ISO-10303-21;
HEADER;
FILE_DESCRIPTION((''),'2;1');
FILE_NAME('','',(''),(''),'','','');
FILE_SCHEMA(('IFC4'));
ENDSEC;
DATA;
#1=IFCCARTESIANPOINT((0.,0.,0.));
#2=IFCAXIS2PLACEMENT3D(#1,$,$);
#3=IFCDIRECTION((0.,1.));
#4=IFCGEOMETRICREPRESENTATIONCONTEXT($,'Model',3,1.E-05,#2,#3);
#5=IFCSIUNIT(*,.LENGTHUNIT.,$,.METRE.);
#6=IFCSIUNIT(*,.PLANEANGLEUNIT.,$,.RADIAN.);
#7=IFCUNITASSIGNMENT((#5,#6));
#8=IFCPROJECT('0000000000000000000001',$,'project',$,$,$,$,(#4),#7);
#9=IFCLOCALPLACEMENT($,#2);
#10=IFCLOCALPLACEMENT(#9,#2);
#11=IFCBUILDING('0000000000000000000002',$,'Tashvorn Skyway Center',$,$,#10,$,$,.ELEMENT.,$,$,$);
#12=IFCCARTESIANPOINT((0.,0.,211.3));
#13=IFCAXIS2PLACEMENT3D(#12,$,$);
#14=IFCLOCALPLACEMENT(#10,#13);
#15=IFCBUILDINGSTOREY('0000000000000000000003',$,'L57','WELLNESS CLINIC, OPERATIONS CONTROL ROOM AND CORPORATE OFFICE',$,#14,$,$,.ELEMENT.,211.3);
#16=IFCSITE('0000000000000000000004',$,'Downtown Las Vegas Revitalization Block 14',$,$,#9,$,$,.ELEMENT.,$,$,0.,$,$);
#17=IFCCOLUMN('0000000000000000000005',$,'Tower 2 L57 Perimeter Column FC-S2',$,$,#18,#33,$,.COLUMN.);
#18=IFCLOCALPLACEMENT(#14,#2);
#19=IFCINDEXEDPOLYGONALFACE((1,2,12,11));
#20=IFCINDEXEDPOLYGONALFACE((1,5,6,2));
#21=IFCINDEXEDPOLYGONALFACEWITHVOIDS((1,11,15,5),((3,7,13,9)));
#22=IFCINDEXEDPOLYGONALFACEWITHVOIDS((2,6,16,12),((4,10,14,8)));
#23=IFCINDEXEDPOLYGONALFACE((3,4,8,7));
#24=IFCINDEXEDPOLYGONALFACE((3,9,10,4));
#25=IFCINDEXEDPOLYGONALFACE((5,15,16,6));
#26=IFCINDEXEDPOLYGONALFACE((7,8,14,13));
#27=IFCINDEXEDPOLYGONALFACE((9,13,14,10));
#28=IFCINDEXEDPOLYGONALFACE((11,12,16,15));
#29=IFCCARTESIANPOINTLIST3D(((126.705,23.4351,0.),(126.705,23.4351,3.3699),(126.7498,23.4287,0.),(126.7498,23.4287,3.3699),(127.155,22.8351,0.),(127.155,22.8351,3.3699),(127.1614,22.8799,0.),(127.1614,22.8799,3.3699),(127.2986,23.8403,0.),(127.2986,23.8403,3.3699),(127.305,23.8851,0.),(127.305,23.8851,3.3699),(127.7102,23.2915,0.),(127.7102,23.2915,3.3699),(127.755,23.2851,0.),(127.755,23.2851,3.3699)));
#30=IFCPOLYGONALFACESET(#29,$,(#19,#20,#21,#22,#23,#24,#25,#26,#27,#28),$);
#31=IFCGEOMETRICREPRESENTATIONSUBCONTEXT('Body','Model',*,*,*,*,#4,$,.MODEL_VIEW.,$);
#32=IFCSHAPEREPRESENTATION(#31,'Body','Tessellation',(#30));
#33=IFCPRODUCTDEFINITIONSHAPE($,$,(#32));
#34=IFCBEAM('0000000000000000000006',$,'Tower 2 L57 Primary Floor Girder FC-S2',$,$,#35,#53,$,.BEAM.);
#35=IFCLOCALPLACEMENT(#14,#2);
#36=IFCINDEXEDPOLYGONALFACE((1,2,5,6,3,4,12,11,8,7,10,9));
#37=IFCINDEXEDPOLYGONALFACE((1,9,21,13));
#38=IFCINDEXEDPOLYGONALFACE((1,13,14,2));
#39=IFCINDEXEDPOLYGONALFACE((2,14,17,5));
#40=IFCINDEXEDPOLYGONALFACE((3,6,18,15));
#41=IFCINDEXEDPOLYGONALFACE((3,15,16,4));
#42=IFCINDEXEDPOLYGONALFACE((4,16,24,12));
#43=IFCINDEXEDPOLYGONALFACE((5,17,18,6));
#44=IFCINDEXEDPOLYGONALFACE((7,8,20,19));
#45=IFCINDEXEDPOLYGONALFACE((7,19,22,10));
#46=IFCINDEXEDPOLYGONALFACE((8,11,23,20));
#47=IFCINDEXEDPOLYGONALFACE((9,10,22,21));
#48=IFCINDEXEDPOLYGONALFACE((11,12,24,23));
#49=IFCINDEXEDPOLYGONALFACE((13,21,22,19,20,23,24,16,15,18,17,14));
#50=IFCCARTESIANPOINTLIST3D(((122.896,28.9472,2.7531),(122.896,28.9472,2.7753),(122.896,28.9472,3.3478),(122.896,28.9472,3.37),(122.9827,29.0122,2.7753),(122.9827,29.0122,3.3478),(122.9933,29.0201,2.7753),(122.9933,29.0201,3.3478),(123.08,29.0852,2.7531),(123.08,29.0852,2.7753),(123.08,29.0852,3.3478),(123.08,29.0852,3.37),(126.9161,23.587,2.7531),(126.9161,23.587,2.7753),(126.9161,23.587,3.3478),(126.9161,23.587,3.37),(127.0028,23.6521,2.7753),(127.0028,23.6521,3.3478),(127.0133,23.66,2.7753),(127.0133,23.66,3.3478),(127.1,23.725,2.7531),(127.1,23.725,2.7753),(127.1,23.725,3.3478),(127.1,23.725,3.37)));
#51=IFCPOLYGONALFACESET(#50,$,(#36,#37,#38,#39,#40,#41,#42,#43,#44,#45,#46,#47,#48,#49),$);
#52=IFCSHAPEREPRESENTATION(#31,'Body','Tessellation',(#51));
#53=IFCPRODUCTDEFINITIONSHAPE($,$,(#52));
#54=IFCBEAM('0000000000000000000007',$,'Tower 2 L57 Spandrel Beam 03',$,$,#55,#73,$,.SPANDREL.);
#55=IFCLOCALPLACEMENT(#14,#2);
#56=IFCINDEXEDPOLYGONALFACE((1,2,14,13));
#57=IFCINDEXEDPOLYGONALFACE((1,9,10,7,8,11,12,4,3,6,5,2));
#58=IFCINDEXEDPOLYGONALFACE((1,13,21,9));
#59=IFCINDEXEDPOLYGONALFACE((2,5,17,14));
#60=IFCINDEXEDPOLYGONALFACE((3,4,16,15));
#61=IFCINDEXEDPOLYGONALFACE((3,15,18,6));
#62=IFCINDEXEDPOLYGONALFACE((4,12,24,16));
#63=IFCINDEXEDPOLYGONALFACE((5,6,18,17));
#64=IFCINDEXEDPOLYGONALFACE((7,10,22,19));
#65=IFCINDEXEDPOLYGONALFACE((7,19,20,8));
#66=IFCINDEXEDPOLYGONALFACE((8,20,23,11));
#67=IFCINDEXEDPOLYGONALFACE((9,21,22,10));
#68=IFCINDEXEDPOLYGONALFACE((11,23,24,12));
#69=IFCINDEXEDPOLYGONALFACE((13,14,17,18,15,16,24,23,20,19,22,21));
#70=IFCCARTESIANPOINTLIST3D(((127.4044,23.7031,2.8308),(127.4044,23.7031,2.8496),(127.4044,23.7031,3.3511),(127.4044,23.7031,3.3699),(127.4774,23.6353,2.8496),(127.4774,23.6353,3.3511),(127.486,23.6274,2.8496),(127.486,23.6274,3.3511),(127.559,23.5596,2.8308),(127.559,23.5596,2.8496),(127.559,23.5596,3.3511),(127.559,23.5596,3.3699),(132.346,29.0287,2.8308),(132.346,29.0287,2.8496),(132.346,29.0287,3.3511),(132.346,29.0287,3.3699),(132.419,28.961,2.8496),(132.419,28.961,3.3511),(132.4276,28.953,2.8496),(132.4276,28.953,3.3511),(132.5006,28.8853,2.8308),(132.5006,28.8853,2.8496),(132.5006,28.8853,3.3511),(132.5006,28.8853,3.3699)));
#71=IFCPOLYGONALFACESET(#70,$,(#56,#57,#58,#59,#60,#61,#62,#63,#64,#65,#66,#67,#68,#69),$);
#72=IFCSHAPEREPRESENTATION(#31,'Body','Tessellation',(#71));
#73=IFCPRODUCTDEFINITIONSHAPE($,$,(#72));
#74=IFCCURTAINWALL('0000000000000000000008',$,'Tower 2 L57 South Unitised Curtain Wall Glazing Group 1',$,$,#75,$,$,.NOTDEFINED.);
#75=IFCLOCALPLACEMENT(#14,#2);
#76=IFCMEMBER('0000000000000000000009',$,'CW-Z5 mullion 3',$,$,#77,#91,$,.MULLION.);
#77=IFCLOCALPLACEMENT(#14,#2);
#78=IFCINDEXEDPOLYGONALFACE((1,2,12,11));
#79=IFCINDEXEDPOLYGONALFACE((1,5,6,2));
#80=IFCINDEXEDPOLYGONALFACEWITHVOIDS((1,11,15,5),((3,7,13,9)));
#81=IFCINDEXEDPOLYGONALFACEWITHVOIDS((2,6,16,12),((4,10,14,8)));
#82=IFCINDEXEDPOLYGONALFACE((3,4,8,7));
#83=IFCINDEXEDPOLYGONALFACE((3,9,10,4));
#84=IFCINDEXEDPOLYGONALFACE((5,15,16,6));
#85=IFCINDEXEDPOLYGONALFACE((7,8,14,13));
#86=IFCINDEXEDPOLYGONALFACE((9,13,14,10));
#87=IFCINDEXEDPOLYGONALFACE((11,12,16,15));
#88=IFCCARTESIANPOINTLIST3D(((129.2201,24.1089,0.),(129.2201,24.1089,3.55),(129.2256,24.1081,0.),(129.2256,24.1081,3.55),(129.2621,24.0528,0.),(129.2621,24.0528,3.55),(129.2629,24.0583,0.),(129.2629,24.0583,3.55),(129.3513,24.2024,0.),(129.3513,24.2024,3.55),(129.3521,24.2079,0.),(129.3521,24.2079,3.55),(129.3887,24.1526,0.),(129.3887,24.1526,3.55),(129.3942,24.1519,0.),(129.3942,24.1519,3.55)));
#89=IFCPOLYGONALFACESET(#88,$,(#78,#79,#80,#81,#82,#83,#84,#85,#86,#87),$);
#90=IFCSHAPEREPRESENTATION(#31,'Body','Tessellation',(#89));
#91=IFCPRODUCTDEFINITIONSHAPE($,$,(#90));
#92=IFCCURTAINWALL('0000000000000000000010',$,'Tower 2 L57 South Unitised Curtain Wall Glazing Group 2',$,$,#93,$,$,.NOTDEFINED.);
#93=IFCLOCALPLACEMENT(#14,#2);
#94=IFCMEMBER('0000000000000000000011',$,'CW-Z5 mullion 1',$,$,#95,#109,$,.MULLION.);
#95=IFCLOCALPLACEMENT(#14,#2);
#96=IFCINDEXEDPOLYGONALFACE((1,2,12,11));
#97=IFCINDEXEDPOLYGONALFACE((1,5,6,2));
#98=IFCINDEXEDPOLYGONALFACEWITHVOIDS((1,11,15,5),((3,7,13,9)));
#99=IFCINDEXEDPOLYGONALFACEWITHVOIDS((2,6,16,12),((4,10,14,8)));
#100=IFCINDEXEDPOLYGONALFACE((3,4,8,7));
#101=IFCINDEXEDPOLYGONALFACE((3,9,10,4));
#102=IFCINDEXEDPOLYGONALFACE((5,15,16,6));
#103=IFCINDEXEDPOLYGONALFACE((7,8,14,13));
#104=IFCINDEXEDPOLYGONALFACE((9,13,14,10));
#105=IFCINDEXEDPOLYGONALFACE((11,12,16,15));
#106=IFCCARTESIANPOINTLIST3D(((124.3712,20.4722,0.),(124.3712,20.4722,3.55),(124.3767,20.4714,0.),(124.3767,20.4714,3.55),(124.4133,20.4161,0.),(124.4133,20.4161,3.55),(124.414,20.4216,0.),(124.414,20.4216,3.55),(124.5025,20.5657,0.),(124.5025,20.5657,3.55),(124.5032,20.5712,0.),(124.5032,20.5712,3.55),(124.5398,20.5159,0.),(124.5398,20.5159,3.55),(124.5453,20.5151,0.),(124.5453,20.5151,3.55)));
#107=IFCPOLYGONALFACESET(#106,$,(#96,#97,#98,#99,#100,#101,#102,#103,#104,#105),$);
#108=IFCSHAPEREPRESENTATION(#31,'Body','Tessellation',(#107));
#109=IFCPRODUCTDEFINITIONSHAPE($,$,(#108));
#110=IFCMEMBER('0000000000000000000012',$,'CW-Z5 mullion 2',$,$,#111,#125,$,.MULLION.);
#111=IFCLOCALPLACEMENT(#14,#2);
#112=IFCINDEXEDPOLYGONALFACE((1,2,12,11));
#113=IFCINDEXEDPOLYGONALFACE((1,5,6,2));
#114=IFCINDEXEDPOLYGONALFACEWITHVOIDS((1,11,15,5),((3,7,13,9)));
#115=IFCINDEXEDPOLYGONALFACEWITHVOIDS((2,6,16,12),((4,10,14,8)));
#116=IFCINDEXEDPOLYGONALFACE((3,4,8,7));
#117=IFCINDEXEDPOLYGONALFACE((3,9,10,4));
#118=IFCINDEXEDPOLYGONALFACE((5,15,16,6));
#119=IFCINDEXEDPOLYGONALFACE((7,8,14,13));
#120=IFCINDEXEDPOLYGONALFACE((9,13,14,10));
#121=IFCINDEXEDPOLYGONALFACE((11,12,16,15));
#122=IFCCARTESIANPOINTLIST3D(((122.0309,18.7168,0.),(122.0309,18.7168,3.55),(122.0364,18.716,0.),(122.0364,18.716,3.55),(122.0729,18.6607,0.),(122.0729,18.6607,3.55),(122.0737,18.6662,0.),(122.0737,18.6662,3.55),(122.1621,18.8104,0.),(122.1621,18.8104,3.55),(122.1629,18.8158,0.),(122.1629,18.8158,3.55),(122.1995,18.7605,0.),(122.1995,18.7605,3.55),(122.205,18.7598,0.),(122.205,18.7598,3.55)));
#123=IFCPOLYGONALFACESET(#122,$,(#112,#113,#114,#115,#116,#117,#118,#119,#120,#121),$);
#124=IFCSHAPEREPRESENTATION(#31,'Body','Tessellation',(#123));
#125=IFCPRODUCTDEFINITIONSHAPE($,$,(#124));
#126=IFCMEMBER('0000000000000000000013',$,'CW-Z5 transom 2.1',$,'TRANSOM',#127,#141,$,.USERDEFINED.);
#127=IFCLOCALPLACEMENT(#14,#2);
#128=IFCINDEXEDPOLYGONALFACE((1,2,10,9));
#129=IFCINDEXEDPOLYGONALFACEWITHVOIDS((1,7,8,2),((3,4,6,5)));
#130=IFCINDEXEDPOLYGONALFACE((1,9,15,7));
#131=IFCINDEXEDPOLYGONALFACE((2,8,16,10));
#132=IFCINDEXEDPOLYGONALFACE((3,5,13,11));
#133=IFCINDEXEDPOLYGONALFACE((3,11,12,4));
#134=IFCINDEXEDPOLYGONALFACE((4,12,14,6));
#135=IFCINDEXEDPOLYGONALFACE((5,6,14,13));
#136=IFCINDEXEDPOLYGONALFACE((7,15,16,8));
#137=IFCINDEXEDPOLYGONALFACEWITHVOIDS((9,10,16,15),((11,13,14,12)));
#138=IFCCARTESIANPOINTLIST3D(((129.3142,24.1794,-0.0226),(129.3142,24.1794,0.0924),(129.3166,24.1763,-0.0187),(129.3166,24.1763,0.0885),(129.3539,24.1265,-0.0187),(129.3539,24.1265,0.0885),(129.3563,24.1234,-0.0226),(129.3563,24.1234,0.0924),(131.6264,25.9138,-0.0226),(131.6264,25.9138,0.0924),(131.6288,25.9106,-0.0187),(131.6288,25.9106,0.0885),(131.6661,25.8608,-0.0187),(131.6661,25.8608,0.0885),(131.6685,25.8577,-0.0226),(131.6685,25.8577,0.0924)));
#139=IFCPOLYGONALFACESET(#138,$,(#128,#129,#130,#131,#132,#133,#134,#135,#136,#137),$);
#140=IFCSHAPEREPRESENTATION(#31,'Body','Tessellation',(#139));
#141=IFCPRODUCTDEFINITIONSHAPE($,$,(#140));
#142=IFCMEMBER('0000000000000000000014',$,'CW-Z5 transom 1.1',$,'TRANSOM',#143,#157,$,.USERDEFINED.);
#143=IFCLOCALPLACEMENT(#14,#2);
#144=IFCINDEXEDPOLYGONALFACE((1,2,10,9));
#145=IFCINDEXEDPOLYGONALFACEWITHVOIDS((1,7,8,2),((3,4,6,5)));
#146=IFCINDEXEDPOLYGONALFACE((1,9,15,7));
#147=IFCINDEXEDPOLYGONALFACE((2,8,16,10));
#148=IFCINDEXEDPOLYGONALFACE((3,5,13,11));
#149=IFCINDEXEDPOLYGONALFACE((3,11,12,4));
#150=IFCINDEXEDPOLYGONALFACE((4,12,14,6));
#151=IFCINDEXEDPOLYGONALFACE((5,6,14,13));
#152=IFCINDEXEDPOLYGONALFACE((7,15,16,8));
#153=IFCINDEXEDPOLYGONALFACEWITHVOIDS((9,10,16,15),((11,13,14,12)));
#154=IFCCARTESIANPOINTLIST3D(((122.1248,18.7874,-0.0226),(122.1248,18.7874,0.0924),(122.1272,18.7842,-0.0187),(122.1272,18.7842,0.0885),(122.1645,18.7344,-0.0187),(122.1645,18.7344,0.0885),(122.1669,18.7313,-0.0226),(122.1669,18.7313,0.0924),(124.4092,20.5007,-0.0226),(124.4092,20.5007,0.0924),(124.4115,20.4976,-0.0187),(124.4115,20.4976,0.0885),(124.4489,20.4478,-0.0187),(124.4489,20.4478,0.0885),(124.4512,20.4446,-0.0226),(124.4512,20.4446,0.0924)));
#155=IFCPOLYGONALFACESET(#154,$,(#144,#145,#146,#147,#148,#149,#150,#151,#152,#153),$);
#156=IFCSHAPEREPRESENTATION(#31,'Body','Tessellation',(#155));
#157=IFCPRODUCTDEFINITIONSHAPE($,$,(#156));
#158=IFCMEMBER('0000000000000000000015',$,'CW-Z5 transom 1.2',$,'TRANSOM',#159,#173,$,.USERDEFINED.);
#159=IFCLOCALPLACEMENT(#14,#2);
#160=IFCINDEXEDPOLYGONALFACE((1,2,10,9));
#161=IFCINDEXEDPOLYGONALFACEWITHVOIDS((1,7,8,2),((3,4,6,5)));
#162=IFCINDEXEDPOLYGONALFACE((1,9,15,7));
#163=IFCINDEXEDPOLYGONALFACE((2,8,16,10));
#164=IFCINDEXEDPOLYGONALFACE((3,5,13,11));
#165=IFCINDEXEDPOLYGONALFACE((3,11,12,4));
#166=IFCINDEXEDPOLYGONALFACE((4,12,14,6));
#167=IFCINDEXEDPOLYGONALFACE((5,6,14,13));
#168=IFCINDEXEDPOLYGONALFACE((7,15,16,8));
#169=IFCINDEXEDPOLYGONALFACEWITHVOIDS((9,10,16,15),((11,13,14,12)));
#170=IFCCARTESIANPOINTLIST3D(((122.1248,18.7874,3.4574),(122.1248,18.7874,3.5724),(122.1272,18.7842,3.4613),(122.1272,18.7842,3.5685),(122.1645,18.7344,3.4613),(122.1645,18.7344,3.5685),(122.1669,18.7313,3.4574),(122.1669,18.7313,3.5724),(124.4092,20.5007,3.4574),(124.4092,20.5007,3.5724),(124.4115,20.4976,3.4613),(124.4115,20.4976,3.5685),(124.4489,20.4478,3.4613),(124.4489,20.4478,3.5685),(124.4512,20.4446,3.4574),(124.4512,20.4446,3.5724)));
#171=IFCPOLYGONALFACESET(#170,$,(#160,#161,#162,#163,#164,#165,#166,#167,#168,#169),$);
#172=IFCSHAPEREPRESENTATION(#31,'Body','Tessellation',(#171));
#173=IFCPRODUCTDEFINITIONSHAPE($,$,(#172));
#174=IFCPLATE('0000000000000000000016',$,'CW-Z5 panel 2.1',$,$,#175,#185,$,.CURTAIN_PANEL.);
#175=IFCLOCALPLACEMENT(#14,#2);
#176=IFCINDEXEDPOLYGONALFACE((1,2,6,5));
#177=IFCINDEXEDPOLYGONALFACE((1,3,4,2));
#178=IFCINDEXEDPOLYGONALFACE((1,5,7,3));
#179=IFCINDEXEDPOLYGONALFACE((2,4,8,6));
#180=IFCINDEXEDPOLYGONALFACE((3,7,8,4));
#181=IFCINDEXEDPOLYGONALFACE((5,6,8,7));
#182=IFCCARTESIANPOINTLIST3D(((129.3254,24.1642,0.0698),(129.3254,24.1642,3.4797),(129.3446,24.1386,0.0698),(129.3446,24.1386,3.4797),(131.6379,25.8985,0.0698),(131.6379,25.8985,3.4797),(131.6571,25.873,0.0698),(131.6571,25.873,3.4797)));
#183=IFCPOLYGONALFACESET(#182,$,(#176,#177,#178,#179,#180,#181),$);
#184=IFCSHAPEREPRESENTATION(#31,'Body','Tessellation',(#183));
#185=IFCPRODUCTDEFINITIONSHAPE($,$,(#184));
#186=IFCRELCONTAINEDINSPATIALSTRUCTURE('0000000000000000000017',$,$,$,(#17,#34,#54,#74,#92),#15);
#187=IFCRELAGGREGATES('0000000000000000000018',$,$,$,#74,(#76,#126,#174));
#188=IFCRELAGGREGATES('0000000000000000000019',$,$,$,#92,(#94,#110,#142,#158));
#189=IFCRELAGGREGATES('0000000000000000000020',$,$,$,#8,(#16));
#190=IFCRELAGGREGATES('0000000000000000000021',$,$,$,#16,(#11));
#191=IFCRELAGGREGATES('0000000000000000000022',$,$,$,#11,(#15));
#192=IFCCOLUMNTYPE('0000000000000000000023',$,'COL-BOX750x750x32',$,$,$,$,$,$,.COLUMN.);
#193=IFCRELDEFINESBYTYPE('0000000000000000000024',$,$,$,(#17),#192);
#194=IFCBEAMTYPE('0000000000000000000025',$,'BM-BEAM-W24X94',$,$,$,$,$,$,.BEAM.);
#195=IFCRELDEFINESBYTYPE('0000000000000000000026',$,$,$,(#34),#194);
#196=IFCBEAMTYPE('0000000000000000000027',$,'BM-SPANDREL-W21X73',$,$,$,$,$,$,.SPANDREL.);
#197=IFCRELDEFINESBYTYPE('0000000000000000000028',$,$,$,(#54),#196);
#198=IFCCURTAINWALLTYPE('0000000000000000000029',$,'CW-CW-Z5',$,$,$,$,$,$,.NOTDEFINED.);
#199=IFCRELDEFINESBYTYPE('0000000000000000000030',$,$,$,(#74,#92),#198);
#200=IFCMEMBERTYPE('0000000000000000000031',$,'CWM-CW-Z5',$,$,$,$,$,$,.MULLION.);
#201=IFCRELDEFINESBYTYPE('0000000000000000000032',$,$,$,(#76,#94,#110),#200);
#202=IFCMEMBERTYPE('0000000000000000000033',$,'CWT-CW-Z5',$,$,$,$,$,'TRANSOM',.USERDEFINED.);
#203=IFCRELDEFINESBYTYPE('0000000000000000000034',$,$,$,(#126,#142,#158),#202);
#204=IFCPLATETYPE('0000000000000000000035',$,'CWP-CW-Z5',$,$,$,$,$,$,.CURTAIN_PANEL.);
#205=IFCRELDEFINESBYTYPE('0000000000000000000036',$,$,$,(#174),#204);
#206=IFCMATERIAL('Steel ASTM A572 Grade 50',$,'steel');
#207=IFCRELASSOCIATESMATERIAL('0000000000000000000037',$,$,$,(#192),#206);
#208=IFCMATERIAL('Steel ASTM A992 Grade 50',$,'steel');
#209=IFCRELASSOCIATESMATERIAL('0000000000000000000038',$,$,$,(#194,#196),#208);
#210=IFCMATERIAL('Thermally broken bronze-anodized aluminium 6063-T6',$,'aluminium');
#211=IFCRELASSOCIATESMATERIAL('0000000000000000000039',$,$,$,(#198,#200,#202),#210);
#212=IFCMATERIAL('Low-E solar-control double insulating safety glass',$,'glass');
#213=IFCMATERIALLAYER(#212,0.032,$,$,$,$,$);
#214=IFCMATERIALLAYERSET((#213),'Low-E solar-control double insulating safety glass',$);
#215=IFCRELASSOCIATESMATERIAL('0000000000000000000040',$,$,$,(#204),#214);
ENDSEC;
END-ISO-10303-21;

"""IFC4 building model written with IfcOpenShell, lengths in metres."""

from ifc_helpers import new_model, si_unit, direction, frame, origin, origin_2d, place, context, subcontext, project, spatial, rectangle, hollow_rectangle, i_section, extrude, material, layer, layer_set, material_profile, profile_set, type_object, element, aggregate, save


model = new_model("IFC4")

# Units and contexts
model_context = context("Model", 3, precision=1e-05, world=origin(), true_north=direction((0.0, 1.0)))
body_context = subcontext(model_context, "Body", "Model", "MODEL_VIEW")
ifc_project = project(units=[si_unit("LENGTHUNIT", "METRE"), si_unit("PLANEANGLEUNIT", "RADIAN")], contexts=[model_context])

# Site, building, storey
site_placement = place(None, origin())
site = spatial("IfcSite", under=ifc_project, at=site_placement, Name="Downtown Las Vegas Revitalization Block 14", CompositionType="ELEMENT", RefElevation=0.0)
building_placement = place(site_placement, origin())
building = spatial("IfcBuilding", under=site, at=building_placement, Name="Tashvorn Skyway Center", CompositionType="ELEMENT")
storey_placement = place(building_placement, frame((0.0, 0.0, 211.3)))
storey = spatial("IfcBuildingStorey", under=building, at=storey_placement, Name="L57", Description="WELLNESS CLINIC, OPERATIONS CONTROL ROOM AND CORPORATE OFFICE", CompositionType="ELEMENT", Elevation=211.3)

# Column
ifc_material_1 = material(Name="Steel ASTM A572 Grade 50", Category="steel")
ifc_material_profile_1 = material_profile(ifc_material_1, hollow_rectangle(XDim=0.75, YDim=0.75, WallThickness=0.032, at=origin_2d()), Name="BOX750x750x32")
ifc_profile_set_1 = profile_set([ifc_material_profile_1], Name="Steel ASTM A572 Grade 50")
column_type = type_object("IfcColumnType", Name="COL-BOX750x750x32", PredefinedType="COLUMN", material=ifc_profile_set_1)
column_placement = place(storey_placement, frame((127.23, 23.3601, 0.0), z_axis=(0.0, 0.0, 1.0), x_axis=(0.8, 0.6, 0.0)))
element("IfcColumn", 1, at=column_placement, inside=storey, type_object=column_type, Name="Tower 2 L57 Perimeter Column FC-S2", PredefinedType="COLUMN", context=body_context, shape_type="SweptSolid", body=[
    extrude(hollow_rectangle(XDim=0.75, YDim=0.75, WallThickness=0.032, at=origin_2d()), origin(), (0.0, 0.0, 1.0), 3.3699),
])

# Beams
ifc_material_2 = material(Name="Steel ASTM A992 Grade 50", Category="steel")
ifc_material_profile_2 = material_profile(ifc_material_2, i_section(OverallWidth=0.23, OverallDepth=0.6169, WebThickness=0.0132, FlangeThickness=0.0222, at=origin_2d()), Name="W24X94")
ifc_profile_set_2 = profile_set([ifc_material_profile_2], Name="Steel ASTM A992 Grade 50")
beam_type_1 = type_object("IfcBeamType", Name="BM-BEAM-W24X94", PredefinedType="BEAM", material=ifc_profile_set_2)
beam_1_placement = place(storey_placement, frame((127.0081, 23.656, 3.0615), z_axis=(-0.599994, 0.800004, 0.0), x_axis=(-0.800004, -0.599994, 0.0)))
element("IfcBeam", 2, at=beam_1_placement, inside=storey, type_object=beam_type_1, Name="Tower 2 L57 Primary Floor Girder FC-S2", PredefinedType="BEAM", context=body_context, shape_type="SweptSolid", body=[
    extrude(i_section(OverallWidth=0.23, OverallDepth=0.6169, WebThickness=0.0132, FlangeThickness=0.0222, at=origin_2d()), origin(), (0.0, 0.0, 1.0), 6.7002),
])
ifc_material_profile_3 = material_profile(ifc_material_2, i_section(OverallWidth=0.2109, OverallDepth=0.5391, WebThickness=0.0117, FlangeThickness=0.0188, at=origin_2d()), Name="W21X73")
ifc_profile_set_3 = profile_set([ifc_material_profile_3], Name="Steel ASTM A992 Grade 50")
beam_type_2 = type_object("IfcBeamType", Name="BM-SPANDREL-W21X73", PredefinedType="SPANDREL", material=ifc_profile_set_3)
beam_2_placement = place(storey_placement, frame((127.4817, 23.6313, 3.1003), z_axis=(0.680183, 0.733042, 0.0), x_axis=(-0.733042, 0.680183, 0.0)))
element("IfcBeam", 3, at=beam_2_placement, inside=storey, type_object=beam_type_2, Name="Tower 2 L57 Spandrel Beam 03", PredefinedType="SPANDREL", context=body_context, shape_type="SweptSolid", body=[
    extrude(i_section(OverallWidth=0.2109, OverallDepth=0.5391, WebThickness=0.0117, FlangeThickness=0.0188, at=origin_2d()), origin(), (0.0, 0.0, 1.0), 7.2651),
])

# Curtain wall, member
ifc_material_3 = material(Name="Thermally broken bronze-anodized aluminium 6063-T6", Category="aluminium")
curtain_wall_type = type_object("IfcCurtainWallType", Name="CW-CW-Z5", PredefinedType="NOTDEFINED", material=ifc_material_3)
curtain_wall_1_placement = place(storey_placement, origin())
curtain_wall_1 = element("IfcCurtainWall", 4, at=curtain_wall_1_placement, inside=storey, type_object=curtain_wall_type, Name="Tower 2 L57 South Unitised Curtain Wall Glazing Group 1", PredefinedType="NOTDEFINED")
ifc_material_profile_4 = material_profile(ifc_material_3, hollow_rectangle(XDim=0.0701, YDim=0.165, WallThickness=0.0039, at=origin_2d()), Name="ALU-MULL-70x165")
ifc_profile_set_4 = profile_set([ifc_material_profile_4], Name="Thermally broken bronze-anodized aluminium 6063-T6")
member_type_1 = type_object("IfcMemberType", Name="CWM-CW-Z5", PredefinedType="MULLION", material=ifc_profile_set_4)
member_1_placement = place(storey_placement, frame((129.3071, 24.1304, 0.0), z_axis=(0.0, 0.0, 1.0), x_axis=(0.600003, -0.799998, 0.0)))
member_1 = element("IfcMember", 5, at=member_1_placement, type_object=member_type_1, Name="CW-Z5 mullion 3", PredefinedType="MULLION", context=body_context, shape_type="SweptSolid", body=[
    extrude(hollow_rectangle(XDim=0.0701, YDim=0.165, WallThickness=0.0039, at=origin_2d()), origin(), (0.0, 0.0, 1.0), 3.55),
])

# Curtain wall, members
curtain_wall_2_placement = place(storey_placement, origin())
curtain_wall_2 = element("IfcCurtainWall", 6, at=curtain_wall_2_placement, inside=storey, type_object=curtain_wall_type, Name="Tower 2 L57 South Unitised Curtain Wall Glazing Group 2", PredefinedType="NOTDEFINED")
member_2_placement = place(storey_placement, frame((124.4583, 20.4937, 0.0), z_axis=(0.0, 0.0, 1.0), x_axis=(0.600021, -0.799984, 0.0)))
member_2 = element("IfcMember", 7, at=member_2_placement, type_object=member_type_1, Name="CW-Z5 mullion 1", PredefinedType="MULLION", context=body_context, shape_type="SweptSolid", body=[
    extrude(hollow_rectangle(XDim=0.0701, YDim=0.165, WallThickness=0.0039, at=origin_2d()), origin(), (0.0, 0.0, 1.0), 3.55),
])
member_3_placement = place(storey_placement, frame((122.1179, 18.7383, 0.0), z_axis=(0.0, 0.0, 1.0), x_axis=(0.600021, -0.799984, 0.0)))
member_3 = element("IfcMember", 8, at=member_3_placement, type_object=member_type_1, Name="CW-Z5 mullion 2", PredefinedType="MULLION", context=body_context, shape_type="SweptSolid", body=[
    extrude(hollow_rectangle(XDim=0.0701, YDim=0.165, WallThickness=0.0039, at=origin_2d()), origin(), (0.0, 0.0, 1.0), 3.55),
])

# Members
ifc_material_profile_5 = material_profile(ifc_material_3, hollow_rectangle(XDim=0.0701, YDim=0.115, WallThickness=0.0039, at=origin_2d()), Name="ALU-TRAN-70x115")
ifc_profile_set_5 = profile_set([ifc_material_profile_5], Name="Thermally broken bronze-anodized aluminium 6063-T6")
member_type_2 = type_object("IfcMemberType", Name="CWT-CW-Z5", ElementType="TRANSOM", PredefinedType="USERDEFINED", material=ifc_profile_set_5)
member_4_placement = place(storey_placement, frame((131.6475, 25.8857, 0.0349), z_axis=(-0.79997, -0.600041, 0.0), x_axis=(0.600041, -0.79997, 0.0)))
member_4 = element("IfcMember", 9, at=member_4_placement, type_object=member_type_2, Name="CW-Z5 transom 2.1", ObjectType="TRANSOM", PredefinedType="USERDEFINED", context=body_context, shape_type="SweptSolid", body=[
    extrude(hollow_rectangle(XDim=0.0701, YDim=0.115, WallThickness=0.0039, at=origin_2d()), origin(), (0.0, 0.0, 1.0), 2.8904),
])
member_5_placement = place(storey_placement, frame((124.4302, 20.4727, 0.0349), z_axis=(-0.79999, -0.600014, 0.0), x_axis=(0.600014, -0.79999, 0.0)))
member_5 = element("IfcMember", 10, at=member_5_placement, type_object=member_type_2, Name="CW-Z5 transom 1.1", ObjectType="TRANSOM", PredefinedType="USERDEFINED", context=body_context, shape_type="SweptSolid", body=[
    extrude(hollow_rectangle(XDim=0.0701, YDim=0.115, WallThickness=0.0039, at=origin_2d()), origin(), (0.0, 0.0, 1.0), 2.8555),
])
member_6_placement = place(storey_placement, frame((124.4302, 20.4727, 3.5149), z_axis=(-0.79999, -0.600014, 0.0), x_axis=(0.600014, -0.79999, 0.0)))
member_6 = element("IfcMember", 11, at=member_6_placement, type_object=member_type_2, Name="CW-Z5 transom 1.2", ObjectType="TRANSOM", PredefinedType="USERDEFINED", context=body_context, shape_type="SweptSolid", body=[
    extrude(hollow_rectangle(XDim=0.0701, YDim=0.115, WallThickness=0.0039, at=origin_2d()), origin(), (0.0, 0.0, 1.0), 2.8555),
])

# Plate
ifc_material_4 = material(Name="Low-E solar-control double insulating safety glass", Category="glass")
ifc_layer_1 = layer(ifc_material_4, 0.032)
ifc_layer_set_1 = layer_set([ifc_layer_1], Name="Low-E solar-control double insulating safety glass")
plate_type = type_object("IfcPlateType", Name="CWP-CW-Z5", PredefinedType="CURTAIN_PANEL", material=ifc_layer_set_1)
plate_1_placement = place(storey_placement, frame((130.4912, 25.0186, 0.0698), z_axis=(0.0, 0.0, 1.0), x_axis=(-0.799998, -0.600003, 0.0)))
plate_1 = element("IfcPlate", 12, at=plate_1_placement, type_object=plate_type, Name="CW-Z5 panel 2.1", PredefinedType="CURTAIN_PANEL", context=body_context, shape_type="SweptSolid", body=[
    extrude(rectangle(XDim=2.8906, YDim=0.032, at=origin_2d()), origin(), (0.0, 0.0, 1.0), 3.4099),
])
aggregate(curtain_wall_1, [member_1, member_4, plate_1])
aggregate(curtain_wall_2, [member_2, member_3, member_5, member_6])

save(model, "model.ifc")
